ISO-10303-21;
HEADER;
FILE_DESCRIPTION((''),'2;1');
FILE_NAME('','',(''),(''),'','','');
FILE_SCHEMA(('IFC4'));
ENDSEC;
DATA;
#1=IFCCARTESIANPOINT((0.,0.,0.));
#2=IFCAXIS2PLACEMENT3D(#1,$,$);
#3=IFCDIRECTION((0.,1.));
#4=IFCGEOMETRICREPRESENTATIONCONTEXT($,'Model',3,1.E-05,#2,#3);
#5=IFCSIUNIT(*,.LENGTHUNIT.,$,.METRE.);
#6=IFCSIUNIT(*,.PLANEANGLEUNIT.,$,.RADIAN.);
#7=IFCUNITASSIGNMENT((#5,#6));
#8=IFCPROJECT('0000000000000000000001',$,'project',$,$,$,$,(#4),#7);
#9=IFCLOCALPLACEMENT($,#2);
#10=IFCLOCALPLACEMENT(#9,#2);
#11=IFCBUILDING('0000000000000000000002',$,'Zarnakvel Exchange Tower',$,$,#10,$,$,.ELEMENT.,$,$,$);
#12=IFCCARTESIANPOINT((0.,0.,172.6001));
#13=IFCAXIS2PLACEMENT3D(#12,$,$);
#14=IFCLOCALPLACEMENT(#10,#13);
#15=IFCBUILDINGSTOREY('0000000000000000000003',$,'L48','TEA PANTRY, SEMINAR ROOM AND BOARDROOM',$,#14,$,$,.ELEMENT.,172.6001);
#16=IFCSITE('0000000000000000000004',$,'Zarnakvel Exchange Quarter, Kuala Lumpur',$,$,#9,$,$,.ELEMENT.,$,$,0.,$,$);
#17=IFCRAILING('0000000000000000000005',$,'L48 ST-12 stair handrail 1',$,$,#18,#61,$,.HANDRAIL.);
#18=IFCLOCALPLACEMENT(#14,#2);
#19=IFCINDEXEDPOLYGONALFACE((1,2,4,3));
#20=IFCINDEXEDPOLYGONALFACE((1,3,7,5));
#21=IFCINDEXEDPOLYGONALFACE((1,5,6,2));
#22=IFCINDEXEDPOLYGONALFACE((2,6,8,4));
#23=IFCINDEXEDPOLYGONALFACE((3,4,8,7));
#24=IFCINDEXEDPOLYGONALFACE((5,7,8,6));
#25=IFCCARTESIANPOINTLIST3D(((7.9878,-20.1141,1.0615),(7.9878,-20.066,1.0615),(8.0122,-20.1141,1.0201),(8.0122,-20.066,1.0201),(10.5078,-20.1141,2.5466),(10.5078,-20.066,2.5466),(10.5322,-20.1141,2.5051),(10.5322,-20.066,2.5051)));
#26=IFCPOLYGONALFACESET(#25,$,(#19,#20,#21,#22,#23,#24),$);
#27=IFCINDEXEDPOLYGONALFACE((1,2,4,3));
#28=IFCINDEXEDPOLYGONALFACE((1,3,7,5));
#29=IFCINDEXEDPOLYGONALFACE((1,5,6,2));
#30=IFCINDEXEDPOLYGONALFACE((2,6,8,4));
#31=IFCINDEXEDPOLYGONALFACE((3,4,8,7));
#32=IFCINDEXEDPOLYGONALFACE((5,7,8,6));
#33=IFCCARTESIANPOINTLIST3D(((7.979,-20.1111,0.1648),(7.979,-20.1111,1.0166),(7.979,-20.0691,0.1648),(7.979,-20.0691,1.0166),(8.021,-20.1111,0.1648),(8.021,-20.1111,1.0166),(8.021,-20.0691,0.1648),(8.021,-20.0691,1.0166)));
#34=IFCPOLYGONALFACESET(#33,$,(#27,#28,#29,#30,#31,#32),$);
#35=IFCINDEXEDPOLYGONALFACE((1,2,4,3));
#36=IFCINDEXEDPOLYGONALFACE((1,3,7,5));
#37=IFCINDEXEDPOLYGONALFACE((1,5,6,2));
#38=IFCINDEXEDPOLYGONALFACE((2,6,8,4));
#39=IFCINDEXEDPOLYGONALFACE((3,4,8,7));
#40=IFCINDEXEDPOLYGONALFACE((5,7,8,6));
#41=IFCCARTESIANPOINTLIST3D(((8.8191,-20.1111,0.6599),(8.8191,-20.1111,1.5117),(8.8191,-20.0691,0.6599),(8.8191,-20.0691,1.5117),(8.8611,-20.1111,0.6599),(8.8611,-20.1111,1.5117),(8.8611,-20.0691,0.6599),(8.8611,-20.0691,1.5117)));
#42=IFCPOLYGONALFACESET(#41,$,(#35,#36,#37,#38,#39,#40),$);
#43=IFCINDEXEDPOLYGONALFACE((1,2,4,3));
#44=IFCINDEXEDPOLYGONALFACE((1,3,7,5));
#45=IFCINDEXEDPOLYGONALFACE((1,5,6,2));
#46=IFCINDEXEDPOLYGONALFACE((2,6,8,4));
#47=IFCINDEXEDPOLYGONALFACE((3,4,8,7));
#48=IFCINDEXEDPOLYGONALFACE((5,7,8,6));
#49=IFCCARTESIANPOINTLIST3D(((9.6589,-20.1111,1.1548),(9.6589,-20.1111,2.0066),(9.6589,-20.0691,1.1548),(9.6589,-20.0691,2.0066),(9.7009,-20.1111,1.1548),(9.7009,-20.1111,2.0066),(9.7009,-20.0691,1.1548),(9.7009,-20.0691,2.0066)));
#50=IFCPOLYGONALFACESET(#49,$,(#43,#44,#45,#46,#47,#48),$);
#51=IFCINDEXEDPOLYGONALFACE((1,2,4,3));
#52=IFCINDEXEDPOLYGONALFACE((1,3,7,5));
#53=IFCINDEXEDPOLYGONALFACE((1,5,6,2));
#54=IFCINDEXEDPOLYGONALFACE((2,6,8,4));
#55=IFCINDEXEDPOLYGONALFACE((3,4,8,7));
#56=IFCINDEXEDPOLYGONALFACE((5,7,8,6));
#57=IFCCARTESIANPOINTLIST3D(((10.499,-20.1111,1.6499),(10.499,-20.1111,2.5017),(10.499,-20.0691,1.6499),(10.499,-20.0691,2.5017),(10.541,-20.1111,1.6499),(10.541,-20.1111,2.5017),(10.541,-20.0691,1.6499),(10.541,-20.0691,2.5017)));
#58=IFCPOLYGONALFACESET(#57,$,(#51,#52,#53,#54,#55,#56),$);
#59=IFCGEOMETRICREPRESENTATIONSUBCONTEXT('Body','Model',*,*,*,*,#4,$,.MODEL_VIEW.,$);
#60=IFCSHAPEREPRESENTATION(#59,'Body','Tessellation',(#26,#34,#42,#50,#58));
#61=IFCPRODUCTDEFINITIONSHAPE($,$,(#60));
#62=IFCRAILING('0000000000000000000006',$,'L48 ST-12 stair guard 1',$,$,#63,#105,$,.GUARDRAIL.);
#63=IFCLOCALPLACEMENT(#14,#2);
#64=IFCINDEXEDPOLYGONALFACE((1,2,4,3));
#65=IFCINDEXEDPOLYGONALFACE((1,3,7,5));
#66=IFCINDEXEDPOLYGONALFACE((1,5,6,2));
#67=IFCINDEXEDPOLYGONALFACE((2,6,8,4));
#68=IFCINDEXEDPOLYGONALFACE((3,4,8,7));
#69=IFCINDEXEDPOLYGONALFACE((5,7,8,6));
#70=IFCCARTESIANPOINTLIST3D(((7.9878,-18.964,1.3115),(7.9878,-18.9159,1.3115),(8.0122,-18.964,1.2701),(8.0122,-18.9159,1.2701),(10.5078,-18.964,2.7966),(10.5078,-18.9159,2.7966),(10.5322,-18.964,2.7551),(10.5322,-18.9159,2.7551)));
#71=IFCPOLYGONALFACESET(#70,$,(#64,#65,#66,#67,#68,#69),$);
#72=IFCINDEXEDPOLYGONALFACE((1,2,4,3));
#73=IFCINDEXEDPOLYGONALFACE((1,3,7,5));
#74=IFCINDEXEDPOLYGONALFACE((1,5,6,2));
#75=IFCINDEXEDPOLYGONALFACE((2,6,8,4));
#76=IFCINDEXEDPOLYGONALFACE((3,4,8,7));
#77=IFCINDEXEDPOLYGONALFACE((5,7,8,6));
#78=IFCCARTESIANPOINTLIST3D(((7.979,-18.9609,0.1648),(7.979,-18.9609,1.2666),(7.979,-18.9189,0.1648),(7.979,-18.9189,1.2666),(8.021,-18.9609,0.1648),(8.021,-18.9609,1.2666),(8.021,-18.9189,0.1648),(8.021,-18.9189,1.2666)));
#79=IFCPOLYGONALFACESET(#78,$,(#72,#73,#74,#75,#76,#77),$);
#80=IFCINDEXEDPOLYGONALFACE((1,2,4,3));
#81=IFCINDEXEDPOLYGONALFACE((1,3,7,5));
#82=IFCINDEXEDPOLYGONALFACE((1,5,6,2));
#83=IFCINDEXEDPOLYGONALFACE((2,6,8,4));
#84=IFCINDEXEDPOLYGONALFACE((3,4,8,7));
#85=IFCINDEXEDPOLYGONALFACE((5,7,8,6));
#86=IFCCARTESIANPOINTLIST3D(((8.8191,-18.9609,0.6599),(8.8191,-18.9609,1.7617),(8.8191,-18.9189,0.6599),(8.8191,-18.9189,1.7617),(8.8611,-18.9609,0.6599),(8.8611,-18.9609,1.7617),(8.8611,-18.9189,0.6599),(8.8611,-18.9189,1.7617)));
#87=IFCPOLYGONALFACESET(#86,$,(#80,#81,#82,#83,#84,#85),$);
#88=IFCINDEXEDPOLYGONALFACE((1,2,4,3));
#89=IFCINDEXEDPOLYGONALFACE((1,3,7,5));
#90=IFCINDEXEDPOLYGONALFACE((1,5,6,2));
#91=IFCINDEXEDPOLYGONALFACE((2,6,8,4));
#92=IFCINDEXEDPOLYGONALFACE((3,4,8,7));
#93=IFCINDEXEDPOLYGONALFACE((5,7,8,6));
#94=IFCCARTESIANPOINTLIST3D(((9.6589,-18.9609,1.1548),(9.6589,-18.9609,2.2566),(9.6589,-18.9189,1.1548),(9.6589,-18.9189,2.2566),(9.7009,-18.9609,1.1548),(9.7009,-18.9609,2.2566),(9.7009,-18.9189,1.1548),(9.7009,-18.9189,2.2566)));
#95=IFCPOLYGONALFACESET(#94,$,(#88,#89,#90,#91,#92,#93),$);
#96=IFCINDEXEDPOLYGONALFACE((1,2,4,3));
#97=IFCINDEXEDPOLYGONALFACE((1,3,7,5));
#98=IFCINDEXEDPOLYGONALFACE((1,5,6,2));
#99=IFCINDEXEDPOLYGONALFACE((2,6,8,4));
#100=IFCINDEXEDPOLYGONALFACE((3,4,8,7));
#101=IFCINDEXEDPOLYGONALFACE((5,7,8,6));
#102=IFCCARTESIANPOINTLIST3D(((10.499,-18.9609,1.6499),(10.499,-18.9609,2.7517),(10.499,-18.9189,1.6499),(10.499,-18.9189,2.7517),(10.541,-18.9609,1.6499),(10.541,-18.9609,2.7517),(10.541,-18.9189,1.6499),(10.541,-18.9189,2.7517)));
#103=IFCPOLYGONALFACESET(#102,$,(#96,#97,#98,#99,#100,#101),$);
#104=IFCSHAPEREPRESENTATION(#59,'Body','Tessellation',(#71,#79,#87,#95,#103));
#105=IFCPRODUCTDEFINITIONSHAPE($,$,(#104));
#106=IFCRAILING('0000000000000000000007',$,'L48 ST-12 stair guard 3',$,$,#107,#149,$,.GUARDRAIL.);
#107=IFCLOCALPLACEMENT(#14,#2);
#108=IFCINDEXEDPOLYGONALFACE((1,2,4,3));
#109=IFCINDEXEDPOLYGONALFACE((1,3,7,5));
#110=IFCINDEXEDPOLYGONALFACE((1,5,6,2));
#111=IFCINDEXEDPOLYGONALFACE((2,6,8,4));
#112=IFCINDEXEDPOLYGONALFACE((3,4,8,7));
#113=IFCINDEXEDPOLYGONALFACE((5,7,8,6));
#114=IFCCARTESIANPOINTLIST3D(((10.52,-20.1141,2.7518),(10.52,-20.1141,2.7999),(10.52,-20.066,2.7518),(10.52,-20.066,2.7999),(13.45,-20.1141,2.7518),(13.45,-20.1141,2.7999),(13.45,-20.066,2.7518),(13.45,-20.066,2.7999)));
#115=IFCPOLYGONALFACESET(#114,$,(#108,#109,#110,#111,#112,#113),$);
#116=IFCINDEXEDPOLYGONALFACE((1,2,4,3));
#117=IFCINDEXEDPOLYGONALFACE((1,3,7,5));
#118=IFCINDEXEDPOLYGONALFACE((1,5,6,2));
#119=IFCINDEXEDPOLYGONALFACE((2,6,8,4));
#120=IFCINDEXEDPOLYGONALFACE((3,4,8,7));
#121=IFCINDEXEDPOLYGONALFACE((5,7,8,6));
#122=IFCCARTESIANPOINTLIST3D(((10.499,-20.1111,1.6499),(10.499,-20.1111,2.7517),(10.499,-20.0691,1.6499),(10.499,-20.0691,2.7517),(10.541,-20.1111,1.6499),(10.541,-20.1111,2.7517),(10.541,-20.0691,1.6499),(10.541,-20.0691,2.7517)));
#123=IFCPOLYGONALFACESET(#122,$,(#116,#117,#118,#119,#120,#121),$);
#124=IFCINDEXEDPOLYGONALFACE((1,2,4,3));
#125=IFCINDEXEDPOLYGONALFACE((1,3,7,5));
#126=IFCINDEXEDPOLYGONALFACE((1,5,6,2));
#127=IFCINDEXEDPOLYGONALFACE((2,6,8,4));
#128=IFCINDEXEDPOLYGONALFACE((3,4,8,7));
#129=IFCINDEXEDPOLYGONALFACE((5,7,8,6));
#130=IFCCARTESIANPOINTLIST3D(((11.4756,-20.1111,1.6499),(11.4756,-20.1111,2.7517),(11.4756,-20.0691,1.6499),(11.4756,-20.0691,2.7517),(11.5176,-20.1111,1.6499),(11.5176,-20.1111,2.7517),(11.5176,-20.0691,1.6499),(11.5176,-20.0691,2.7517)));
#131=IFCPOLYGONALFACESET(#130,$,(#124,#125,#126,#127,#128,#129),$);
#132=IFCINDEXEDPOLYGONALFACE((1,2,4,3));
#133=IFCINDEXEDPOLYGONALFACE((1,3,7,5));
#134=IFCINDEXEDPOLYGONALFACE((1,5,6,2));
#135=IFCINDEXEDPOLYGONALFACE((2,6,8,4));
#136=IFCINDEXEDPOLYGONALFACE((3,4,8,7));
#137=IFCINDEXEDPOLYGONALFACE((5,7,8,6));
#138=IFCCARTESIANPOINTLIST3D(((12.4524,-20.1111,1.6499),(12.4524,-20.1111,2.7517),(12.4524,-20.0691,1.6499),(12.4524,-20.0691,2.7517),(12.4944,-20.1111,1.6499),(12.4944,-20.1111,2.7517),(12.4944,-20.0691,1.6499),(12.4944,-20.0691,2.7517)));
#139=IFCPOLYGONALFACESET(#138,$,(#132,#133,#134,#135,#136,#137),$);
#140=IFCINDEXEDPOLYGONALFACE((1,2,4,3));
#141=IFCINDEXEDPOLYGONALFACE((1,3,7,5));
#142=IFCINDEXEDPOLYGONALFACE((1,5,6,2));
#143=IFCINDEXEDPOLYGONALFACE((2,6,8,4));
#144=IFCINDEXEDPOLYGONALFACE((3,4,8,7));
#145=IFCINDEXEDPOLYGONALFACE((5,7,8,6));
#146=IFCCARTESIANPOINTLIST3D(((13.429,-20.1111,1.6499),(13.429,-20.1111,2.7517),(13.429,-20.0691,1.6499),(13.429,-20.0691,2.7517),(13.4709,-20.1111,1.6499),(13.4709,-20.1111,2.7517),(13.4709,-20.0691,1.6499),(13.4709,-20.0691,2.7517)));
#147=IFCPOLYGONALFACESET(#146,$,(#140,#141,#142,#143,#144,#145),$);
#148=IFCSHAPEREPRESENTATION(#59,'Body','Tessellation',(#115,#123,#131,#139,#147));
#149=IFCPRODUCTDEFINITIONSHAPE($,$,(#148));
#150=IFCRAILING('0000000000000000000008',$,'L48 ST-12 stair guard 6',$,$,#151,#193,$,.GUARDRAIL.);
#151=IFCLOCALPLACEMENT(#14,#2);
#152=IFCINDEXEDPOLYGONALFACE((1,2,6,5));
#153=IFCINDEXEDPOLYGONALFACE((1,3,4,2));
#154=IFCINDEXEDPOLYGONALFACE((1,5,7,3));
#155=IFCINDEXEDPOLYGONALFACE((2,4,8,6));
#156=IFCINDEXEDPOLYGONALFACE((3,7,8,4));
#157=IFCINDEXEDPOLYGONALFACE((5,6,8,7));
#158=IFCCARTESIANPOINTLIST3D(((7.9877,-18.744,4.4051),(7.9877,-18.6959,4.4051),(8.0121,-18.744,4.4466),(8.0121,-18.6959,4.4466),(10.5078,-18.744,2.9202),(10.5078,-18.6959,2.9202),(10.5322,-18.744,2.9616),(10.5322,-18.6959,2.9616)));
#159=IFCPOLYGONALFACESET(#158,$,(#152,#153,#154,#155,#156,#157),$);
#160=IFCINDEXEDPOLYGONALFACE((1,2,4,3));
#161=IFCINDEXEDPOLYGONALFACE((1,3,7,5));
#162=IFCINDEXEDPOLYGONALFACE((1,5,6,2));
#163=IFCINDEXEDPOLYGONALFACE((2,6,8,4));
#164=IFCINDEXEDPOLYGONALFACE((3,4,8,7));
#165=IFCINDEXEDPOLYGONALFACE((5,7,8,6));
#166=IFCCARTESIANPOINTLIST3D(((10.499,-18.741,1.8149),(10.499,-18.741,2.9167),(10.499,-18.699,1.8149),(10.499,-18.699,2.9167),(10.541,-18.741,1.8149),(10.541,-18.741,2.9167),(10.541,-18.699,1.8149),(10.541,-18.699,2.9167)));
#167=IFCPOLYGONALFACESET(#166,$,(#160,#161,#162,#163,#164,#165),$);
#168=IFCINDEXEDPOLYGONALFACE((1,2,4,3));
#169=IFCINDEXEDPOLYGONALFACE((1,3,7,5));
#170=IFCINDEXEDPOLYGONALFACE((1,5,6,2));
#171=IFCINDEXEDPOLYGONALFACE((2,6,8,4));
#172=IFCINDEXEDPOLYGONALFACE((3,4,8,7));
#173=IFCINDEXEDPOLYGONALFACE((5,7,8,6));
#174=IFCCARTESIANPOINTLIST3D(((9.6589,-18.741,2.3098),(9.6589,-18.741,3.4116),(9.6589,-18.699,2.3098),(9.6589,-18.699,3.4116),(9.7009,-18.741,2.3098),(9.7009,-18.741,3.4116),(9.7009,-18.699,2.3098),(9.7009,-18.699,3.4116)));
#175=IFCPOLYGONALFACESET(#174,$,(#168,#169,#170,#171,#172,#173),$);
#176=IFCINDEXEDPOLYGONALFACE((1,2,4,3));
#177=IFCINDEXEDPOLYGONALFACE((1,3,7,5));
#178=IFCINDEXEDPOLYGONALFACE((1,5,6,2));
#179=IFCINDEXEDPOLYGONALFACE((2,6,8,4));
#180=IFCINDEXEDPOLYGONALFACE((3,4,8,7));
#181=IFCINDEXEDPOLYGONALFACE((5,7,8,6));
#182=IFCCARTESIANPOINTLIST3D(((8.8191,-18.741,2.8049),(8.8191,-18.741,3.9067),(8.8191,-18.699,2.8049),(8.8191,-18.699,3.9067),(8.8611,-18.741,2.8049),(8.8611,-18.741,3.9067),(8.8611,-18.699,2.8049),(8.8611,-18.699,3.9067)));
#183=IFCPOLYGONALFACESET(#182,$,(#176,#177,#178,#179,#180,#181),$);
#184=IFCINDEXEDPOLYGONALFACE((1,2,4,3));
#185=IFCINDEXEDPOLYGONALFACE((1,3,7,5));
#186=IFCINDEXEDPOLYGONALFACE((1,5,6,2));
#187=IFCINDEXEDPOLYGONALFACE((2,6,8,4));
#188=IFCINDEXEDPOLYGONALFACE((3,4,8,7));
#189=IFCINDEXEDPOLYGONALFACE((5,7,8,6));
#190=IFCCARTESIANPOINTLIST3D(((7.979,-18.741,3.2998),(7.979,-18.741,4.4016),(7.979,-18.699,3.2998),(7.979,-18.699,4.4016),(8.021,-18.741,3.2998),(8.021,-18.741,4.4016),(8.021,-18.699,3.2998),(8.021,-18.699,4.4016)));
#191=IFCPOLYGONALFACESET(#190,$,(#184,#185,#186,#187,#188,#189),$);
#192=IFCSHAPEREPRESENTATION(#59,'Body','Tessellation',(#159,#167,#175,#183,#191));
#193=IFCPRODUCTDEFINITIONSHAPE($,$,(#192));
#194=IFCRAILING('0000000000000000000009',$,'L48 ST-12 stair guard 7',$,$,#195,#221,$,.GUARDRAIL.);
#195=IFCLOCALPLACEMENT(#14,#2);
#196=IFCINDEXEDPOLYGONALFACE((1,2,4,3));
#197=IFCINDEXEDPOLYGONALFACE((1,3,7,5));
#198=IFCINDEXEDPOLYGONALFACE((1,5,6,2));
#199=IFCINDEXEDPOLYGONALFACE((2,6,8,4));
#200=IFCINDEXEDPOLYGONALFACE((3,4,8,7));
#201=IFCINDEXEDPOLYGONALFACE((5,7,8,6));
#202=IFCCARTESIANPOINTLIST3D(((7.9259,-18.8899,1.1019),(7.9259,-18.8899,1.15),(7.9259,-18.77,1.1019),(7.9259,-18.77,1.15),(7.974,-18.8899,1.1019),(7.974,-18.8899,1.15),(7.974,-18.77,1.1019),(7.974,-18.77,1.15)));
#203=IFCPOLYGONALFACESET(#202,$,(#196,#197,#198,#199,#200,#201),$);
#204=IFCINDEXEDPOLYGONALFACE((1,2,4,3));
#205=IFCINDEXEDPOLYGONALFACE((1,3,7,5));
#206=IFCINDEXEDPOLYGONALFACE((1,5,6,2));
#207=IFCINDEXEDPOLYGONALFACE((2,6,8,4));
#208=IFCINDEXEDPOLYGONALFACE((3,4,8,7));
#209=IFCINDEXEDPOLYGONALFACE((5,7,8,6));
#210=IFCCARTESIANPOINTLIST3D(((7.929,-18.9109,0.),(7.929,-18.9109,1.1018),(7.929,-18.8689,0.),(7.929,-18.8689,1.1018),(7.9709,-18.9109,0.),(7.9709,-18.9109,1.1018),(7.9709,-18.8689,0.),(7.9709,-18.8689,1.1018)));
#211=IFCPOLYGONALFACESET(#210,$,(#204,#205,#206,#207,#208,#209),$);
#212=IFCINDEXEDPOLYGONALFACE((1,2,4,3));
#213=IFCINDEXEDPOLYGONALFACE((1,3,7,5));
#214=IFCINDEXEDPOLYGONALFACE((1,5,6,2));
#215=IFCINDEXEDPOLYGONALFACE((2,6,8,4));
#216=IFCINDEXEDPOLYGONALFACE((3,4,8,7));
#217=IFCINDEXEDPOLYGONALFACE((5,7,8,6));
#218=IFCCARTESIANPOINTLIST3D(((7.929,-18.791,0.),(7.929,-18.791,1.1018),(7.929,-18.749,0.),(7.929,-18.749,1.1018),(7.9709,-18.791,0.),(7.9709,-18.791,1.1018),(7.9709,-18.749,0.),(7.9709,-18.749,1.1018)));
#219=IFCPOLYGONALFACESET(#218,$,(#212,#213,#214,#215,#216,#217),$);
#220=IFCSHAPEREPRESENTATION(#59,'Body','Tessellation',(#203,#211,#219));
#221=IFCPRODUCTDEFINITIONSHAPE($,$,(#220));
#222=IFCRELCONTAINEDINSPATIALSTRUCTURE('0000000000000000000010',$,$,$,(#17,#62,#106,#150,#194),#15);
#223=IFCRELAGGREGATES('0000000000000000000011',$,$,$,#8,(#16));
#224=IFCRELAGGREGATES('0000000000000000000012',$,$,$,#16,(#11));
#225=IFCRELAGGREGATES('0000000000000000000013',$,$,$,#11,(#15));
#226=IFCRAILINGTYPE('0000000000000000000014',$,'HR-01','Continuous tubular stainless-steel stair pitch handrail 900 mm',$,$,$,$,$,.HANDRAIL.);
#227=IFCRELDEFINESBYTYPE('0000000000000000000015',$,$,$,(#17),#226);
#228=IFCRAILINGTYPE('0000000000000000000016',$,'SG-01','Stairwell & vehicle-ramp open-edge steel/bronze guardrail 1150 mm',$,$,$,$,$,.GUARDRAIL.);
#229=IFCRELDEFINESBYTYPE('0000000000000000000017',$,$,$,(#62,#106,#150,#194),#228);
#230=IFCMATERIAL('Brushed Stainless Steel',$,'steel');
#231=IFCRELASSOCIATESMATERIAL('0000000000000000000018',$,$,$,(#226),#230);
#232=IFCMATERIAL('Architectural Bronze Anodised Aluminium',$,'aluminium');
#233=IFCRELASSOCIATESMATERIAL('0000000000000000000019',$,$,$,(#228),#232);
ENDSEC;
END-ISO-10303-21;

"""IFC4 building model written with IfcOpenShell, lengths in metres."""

from ifc_helpers import new_model, si_unit, direction, frame, origin, origin_2d, place, context, subcontext, project, spatial, rectangle, extrude, material, type_object, element, save


model = new_model("IFC4")

# Units and contexts
model_context = context("Model", 3, precision=1e-05, world=origin(), true_north=direction((0.0, 1.0)))
body_context = subcontext(model_context, "Body", "Model", "MODEL_VIEW")
ifc_project = project(units=[si_unit("LENGTHUNIT", "METRE"), si_unit("PLANEANGLEUNIT", "RADIAN")], contexts=[model_context])

# Site, building, storey
site_placement = place(None, origin())
site = spatial("IfcSite", under=ifc_project, at=site_placement, Name="Zarnakvel Exchange Quarter, Kuala Lumpur", CompositionType="ELEMENT", RefElevation=0.0)
building_placement = place(site_placement, origin())
building = spatial("IfcBuilding", under=site, at=building_placement, Name="Zarnakvel Exchange Tower", CompositionType="ELEMENT")
storey_placement = place(building_placement, frame((0.0, 0.0, 172.6001)))
storey = spatial("IfcBuildingStorey", under=building, at=storey_placement, Name="L48", Description="TEA PANTRY, SEMINAR ROOM AND BOARDROOM", CompositionType="ELEMENT", Elevation=172.6001)

# Shared definitions
ifc_material_1 = material(Name="Architectural Bronze Anodised Aluminium", Category="aluminium")

# Railings
ifc_material_2 = material(Name="Brushed Stainless Steel", Category="steel")
railing_type_1 = type_object("IfcRailingType", Name="HR-01", Description="Continuous tubular stainless-steel stair pitch handrail 900 mm", PredefinedType="HANDRAIL", material=ifc_material_2)
railing_1_placement = place(storey_placement, frame((8.0, -20.0901, 0.1648)))
element("IfcRailing", 1, at=railing_1_placement, inside=storey, type_object=railing_type_1, Name="L48 ST-12 stair handrail 1", PredefinedType="HANDRAIL", context=body_context, shape_type="SweptSolid", body=[
    extrude(rectangle(XDim=0.0481, YDim=0.0481, at=origin_2d()), frame((0.0, 0.0, 0.876), z_axis=(0.861524, 0.0, 0.507717), x_axis=(0.0, 1.0, 0.0)), (0.0, 0.0, 1.0), 2.925),
    extrude(rectangle(XDim=0.042, YDim=0.042, at=origin_2d()), origin(), (0.0, 0.0, 1.0), 0.8518),
    extrude(rectangle(XDim=0.042, YDim=0.042, at=origin_2d()), frame((0.8401, 0.0, 0.4951)), (0.0, 0.0, 1.0), 0.8518),
    extrude(rectangle(XDim=0.042, YDim=0.042, at=origin_2d()), frame((1.6799, 0.0, 0.99)), (0.0, 0.0, 1.0), 0.8518),
    extrude(rectangle(XDim=0.042, YDim=0.042, at=origin_2d()), frame((2.52, 0.0, 1.4851)), (0.0, 0.0, 1.0), 0.8518),
])
railing_type_2 = type_object("IfcRailingType", Name="SG-01", Description="Stairwell & vehicle-ramp open-edge steel/bronze guardrail 1150 mm", PredefinedType="GUARDRAIL", material=ifc_material_1)
railing_2_placement = place(storey_placement, frame((8.0, -18.9399, 0.1648)))
element("IfcRailing", 2, at=railing_2_placement, inside=storey, type_object=railing_type_2, Name="L48 ST-12 stair guard 1", PredefinedType="GUARDRAIL", context=body_context, shape_type="SweptSolid", body=[
    extrude(rectangle(XDim=0.0481, YDim=0.0481, at=origin_2d()), frame((0.0, 0.0, 1.126), z_axis=(0.861524, 0.0, 0.507717), x_axis=(0.0, 1.0, 0.0)), (0.0, 0.0, 1.0), 2.925),
    extrude(rectangle(XDim=0.042, YDim=0.042, at=origin_2d()), origin(), (0.0, 0.0, 1.0), 1.1018),
    extrude(rectangle(XDim=0.042, YDim=0.042, at=origin_2d()), frame((0.8401, 0.0, 0.4951)), (0.0, 0.0, 1.0), 1.1018),
    extrude(rectangle(XDim=0.042, YDim=0.042, at=origin_2d()), frame((1.6799, 0.0, 0.99)), (0.0, 0.0, 1.0), 1.1018),
    extrude(rectangle(XDim=0.042, YDim=0.042, at=origin_2d()), frame((2.52, 0.0, 1.4851)), (0.0, 0.0, 1.0), 1.1018),
])
railing_3_placement = place(storey_placement, frame((10.52, -20.0901, 1.6499)))
element("IfcRailing", 3, at=railing_3_placement, inside=storey, type_object=railing_type_2, Name="L48 ST-12 stair guard 3", PredefinedType="GUARDRAIL", context=body_context, shape_type="SweptSolid", body=[
    extrude(rectangle(XDim=0.0481, YDim=0.0481, at=origin_2d()), frame((0.0, 0.0, 1.126), z_axis=(1.0, 0.0, 0.0), x_axis=(0.0, 1.0, 0.0)), (0.0, 0.0, 1.0), 2.9299),
    extrude(rectangle(XDim=0.042, YDim=0.042, at=origin_2d()), origin(), (0.0, 0.0, 1.0), 1.1018),
    extrude(rectangle(XDim=0.042, YDim=0.042, at=origin_2d()), frame((0.9766, 0.0, 0.0)), (0.0, 0.0, 1.0), 1.1018),
    extrude(rectangle(XDim=0.042, YDim=0.042, at=origin_2d()), frame((1.9534, 0.0, 0.0)), (0.0, 0.0, 1.0), 1.1018),
    extrude(rectangle(XDim=0.042, YDim=0.042, at=origin_2d()), frame((2.9299, 0.0, 0.0)), (0.0, 0.0, 1.0), 1.1018),
])
railing_4_placement = place(storey_placement, frame((10.52, -18.72, 1.8149)))
element("IfcRailing", 4, at=railing_4_placement, inside=storey, type_object=railing_type_2, Name="L48 ST-12 stair guard 6", PredefinedType="GUARDRAIL", context=body_context, shape_type="SweptSolid", body=[
    extrude(rectangle(XDim=0.0481, YDim=0.0481, at=origin_2d()), frame((0.0, 0.0, 1.126), z_axis=(-0.861561, 0.0, 0.507655), x_axis=(0.0, -1.0, 0.0)), (0.0, 0.0, 1.0), 2.925),
    extrude(rectangle(XDim=0.042, YDim=0.042, at=origin_2d()), origin(), (0.0, 0.0, 1.0), 1.1018),
    extrude(rectangle(XDim=0.042, YDim=0.042, at=origin_2d()), frame((-0.8401, 0.0, 0.4949)), (0.0, 0.0, 1.0), 1.1018),
    extrude(rectangle(XDim=0.042, YDim=0.042, at=origin_2d()), frame((-1.6799, 0.0, 0.99)), (0.0, 0.0, 1.0), 1.1018),
    extrude(rectangle(XDim=0.042, YDim=0.042, at=origin_2d()), frame((-2.52, 0.0, 1.4849)), (0.0, 0.0, 1.0), 1.1018),
])
railing_5_placement = place(storey_placement, frame((7.95, -18.8899, 0.0)))
element("IfcRailing", 5, at=railing_5_placement, inside=storey, type_object=railing_type_2, Name="L48 ST-12 stair guard 7", PredefinedType="GUARDRAIL", context=body_context, shape_type="SweptSolid", body=[
    extrude(rectangle(XDim=0.0481, YDim=0.0481, at=origin_2d()), frame((0.0, 0.0, 1.126), z_axis=(0.0, 1.0, 0.0), x_axis=(-1.0, 0.0, 0.0)), (0.0, 0.0, 1.0), 0.1199),
    extrude(rectangle(XDim=0.042, YDim=0.042, at=origin_2d()), origin(), (0.0, 0.0, 1.0), 1.1018),
    extrude(rectangle(XDim=0.042, YDim=0.042, at=origin_2d()), frame((0.0, 0.1199, 0.0)), (0.0, 0.0, 1.0), 1.1018),
])

save(model, "model.ifc")
